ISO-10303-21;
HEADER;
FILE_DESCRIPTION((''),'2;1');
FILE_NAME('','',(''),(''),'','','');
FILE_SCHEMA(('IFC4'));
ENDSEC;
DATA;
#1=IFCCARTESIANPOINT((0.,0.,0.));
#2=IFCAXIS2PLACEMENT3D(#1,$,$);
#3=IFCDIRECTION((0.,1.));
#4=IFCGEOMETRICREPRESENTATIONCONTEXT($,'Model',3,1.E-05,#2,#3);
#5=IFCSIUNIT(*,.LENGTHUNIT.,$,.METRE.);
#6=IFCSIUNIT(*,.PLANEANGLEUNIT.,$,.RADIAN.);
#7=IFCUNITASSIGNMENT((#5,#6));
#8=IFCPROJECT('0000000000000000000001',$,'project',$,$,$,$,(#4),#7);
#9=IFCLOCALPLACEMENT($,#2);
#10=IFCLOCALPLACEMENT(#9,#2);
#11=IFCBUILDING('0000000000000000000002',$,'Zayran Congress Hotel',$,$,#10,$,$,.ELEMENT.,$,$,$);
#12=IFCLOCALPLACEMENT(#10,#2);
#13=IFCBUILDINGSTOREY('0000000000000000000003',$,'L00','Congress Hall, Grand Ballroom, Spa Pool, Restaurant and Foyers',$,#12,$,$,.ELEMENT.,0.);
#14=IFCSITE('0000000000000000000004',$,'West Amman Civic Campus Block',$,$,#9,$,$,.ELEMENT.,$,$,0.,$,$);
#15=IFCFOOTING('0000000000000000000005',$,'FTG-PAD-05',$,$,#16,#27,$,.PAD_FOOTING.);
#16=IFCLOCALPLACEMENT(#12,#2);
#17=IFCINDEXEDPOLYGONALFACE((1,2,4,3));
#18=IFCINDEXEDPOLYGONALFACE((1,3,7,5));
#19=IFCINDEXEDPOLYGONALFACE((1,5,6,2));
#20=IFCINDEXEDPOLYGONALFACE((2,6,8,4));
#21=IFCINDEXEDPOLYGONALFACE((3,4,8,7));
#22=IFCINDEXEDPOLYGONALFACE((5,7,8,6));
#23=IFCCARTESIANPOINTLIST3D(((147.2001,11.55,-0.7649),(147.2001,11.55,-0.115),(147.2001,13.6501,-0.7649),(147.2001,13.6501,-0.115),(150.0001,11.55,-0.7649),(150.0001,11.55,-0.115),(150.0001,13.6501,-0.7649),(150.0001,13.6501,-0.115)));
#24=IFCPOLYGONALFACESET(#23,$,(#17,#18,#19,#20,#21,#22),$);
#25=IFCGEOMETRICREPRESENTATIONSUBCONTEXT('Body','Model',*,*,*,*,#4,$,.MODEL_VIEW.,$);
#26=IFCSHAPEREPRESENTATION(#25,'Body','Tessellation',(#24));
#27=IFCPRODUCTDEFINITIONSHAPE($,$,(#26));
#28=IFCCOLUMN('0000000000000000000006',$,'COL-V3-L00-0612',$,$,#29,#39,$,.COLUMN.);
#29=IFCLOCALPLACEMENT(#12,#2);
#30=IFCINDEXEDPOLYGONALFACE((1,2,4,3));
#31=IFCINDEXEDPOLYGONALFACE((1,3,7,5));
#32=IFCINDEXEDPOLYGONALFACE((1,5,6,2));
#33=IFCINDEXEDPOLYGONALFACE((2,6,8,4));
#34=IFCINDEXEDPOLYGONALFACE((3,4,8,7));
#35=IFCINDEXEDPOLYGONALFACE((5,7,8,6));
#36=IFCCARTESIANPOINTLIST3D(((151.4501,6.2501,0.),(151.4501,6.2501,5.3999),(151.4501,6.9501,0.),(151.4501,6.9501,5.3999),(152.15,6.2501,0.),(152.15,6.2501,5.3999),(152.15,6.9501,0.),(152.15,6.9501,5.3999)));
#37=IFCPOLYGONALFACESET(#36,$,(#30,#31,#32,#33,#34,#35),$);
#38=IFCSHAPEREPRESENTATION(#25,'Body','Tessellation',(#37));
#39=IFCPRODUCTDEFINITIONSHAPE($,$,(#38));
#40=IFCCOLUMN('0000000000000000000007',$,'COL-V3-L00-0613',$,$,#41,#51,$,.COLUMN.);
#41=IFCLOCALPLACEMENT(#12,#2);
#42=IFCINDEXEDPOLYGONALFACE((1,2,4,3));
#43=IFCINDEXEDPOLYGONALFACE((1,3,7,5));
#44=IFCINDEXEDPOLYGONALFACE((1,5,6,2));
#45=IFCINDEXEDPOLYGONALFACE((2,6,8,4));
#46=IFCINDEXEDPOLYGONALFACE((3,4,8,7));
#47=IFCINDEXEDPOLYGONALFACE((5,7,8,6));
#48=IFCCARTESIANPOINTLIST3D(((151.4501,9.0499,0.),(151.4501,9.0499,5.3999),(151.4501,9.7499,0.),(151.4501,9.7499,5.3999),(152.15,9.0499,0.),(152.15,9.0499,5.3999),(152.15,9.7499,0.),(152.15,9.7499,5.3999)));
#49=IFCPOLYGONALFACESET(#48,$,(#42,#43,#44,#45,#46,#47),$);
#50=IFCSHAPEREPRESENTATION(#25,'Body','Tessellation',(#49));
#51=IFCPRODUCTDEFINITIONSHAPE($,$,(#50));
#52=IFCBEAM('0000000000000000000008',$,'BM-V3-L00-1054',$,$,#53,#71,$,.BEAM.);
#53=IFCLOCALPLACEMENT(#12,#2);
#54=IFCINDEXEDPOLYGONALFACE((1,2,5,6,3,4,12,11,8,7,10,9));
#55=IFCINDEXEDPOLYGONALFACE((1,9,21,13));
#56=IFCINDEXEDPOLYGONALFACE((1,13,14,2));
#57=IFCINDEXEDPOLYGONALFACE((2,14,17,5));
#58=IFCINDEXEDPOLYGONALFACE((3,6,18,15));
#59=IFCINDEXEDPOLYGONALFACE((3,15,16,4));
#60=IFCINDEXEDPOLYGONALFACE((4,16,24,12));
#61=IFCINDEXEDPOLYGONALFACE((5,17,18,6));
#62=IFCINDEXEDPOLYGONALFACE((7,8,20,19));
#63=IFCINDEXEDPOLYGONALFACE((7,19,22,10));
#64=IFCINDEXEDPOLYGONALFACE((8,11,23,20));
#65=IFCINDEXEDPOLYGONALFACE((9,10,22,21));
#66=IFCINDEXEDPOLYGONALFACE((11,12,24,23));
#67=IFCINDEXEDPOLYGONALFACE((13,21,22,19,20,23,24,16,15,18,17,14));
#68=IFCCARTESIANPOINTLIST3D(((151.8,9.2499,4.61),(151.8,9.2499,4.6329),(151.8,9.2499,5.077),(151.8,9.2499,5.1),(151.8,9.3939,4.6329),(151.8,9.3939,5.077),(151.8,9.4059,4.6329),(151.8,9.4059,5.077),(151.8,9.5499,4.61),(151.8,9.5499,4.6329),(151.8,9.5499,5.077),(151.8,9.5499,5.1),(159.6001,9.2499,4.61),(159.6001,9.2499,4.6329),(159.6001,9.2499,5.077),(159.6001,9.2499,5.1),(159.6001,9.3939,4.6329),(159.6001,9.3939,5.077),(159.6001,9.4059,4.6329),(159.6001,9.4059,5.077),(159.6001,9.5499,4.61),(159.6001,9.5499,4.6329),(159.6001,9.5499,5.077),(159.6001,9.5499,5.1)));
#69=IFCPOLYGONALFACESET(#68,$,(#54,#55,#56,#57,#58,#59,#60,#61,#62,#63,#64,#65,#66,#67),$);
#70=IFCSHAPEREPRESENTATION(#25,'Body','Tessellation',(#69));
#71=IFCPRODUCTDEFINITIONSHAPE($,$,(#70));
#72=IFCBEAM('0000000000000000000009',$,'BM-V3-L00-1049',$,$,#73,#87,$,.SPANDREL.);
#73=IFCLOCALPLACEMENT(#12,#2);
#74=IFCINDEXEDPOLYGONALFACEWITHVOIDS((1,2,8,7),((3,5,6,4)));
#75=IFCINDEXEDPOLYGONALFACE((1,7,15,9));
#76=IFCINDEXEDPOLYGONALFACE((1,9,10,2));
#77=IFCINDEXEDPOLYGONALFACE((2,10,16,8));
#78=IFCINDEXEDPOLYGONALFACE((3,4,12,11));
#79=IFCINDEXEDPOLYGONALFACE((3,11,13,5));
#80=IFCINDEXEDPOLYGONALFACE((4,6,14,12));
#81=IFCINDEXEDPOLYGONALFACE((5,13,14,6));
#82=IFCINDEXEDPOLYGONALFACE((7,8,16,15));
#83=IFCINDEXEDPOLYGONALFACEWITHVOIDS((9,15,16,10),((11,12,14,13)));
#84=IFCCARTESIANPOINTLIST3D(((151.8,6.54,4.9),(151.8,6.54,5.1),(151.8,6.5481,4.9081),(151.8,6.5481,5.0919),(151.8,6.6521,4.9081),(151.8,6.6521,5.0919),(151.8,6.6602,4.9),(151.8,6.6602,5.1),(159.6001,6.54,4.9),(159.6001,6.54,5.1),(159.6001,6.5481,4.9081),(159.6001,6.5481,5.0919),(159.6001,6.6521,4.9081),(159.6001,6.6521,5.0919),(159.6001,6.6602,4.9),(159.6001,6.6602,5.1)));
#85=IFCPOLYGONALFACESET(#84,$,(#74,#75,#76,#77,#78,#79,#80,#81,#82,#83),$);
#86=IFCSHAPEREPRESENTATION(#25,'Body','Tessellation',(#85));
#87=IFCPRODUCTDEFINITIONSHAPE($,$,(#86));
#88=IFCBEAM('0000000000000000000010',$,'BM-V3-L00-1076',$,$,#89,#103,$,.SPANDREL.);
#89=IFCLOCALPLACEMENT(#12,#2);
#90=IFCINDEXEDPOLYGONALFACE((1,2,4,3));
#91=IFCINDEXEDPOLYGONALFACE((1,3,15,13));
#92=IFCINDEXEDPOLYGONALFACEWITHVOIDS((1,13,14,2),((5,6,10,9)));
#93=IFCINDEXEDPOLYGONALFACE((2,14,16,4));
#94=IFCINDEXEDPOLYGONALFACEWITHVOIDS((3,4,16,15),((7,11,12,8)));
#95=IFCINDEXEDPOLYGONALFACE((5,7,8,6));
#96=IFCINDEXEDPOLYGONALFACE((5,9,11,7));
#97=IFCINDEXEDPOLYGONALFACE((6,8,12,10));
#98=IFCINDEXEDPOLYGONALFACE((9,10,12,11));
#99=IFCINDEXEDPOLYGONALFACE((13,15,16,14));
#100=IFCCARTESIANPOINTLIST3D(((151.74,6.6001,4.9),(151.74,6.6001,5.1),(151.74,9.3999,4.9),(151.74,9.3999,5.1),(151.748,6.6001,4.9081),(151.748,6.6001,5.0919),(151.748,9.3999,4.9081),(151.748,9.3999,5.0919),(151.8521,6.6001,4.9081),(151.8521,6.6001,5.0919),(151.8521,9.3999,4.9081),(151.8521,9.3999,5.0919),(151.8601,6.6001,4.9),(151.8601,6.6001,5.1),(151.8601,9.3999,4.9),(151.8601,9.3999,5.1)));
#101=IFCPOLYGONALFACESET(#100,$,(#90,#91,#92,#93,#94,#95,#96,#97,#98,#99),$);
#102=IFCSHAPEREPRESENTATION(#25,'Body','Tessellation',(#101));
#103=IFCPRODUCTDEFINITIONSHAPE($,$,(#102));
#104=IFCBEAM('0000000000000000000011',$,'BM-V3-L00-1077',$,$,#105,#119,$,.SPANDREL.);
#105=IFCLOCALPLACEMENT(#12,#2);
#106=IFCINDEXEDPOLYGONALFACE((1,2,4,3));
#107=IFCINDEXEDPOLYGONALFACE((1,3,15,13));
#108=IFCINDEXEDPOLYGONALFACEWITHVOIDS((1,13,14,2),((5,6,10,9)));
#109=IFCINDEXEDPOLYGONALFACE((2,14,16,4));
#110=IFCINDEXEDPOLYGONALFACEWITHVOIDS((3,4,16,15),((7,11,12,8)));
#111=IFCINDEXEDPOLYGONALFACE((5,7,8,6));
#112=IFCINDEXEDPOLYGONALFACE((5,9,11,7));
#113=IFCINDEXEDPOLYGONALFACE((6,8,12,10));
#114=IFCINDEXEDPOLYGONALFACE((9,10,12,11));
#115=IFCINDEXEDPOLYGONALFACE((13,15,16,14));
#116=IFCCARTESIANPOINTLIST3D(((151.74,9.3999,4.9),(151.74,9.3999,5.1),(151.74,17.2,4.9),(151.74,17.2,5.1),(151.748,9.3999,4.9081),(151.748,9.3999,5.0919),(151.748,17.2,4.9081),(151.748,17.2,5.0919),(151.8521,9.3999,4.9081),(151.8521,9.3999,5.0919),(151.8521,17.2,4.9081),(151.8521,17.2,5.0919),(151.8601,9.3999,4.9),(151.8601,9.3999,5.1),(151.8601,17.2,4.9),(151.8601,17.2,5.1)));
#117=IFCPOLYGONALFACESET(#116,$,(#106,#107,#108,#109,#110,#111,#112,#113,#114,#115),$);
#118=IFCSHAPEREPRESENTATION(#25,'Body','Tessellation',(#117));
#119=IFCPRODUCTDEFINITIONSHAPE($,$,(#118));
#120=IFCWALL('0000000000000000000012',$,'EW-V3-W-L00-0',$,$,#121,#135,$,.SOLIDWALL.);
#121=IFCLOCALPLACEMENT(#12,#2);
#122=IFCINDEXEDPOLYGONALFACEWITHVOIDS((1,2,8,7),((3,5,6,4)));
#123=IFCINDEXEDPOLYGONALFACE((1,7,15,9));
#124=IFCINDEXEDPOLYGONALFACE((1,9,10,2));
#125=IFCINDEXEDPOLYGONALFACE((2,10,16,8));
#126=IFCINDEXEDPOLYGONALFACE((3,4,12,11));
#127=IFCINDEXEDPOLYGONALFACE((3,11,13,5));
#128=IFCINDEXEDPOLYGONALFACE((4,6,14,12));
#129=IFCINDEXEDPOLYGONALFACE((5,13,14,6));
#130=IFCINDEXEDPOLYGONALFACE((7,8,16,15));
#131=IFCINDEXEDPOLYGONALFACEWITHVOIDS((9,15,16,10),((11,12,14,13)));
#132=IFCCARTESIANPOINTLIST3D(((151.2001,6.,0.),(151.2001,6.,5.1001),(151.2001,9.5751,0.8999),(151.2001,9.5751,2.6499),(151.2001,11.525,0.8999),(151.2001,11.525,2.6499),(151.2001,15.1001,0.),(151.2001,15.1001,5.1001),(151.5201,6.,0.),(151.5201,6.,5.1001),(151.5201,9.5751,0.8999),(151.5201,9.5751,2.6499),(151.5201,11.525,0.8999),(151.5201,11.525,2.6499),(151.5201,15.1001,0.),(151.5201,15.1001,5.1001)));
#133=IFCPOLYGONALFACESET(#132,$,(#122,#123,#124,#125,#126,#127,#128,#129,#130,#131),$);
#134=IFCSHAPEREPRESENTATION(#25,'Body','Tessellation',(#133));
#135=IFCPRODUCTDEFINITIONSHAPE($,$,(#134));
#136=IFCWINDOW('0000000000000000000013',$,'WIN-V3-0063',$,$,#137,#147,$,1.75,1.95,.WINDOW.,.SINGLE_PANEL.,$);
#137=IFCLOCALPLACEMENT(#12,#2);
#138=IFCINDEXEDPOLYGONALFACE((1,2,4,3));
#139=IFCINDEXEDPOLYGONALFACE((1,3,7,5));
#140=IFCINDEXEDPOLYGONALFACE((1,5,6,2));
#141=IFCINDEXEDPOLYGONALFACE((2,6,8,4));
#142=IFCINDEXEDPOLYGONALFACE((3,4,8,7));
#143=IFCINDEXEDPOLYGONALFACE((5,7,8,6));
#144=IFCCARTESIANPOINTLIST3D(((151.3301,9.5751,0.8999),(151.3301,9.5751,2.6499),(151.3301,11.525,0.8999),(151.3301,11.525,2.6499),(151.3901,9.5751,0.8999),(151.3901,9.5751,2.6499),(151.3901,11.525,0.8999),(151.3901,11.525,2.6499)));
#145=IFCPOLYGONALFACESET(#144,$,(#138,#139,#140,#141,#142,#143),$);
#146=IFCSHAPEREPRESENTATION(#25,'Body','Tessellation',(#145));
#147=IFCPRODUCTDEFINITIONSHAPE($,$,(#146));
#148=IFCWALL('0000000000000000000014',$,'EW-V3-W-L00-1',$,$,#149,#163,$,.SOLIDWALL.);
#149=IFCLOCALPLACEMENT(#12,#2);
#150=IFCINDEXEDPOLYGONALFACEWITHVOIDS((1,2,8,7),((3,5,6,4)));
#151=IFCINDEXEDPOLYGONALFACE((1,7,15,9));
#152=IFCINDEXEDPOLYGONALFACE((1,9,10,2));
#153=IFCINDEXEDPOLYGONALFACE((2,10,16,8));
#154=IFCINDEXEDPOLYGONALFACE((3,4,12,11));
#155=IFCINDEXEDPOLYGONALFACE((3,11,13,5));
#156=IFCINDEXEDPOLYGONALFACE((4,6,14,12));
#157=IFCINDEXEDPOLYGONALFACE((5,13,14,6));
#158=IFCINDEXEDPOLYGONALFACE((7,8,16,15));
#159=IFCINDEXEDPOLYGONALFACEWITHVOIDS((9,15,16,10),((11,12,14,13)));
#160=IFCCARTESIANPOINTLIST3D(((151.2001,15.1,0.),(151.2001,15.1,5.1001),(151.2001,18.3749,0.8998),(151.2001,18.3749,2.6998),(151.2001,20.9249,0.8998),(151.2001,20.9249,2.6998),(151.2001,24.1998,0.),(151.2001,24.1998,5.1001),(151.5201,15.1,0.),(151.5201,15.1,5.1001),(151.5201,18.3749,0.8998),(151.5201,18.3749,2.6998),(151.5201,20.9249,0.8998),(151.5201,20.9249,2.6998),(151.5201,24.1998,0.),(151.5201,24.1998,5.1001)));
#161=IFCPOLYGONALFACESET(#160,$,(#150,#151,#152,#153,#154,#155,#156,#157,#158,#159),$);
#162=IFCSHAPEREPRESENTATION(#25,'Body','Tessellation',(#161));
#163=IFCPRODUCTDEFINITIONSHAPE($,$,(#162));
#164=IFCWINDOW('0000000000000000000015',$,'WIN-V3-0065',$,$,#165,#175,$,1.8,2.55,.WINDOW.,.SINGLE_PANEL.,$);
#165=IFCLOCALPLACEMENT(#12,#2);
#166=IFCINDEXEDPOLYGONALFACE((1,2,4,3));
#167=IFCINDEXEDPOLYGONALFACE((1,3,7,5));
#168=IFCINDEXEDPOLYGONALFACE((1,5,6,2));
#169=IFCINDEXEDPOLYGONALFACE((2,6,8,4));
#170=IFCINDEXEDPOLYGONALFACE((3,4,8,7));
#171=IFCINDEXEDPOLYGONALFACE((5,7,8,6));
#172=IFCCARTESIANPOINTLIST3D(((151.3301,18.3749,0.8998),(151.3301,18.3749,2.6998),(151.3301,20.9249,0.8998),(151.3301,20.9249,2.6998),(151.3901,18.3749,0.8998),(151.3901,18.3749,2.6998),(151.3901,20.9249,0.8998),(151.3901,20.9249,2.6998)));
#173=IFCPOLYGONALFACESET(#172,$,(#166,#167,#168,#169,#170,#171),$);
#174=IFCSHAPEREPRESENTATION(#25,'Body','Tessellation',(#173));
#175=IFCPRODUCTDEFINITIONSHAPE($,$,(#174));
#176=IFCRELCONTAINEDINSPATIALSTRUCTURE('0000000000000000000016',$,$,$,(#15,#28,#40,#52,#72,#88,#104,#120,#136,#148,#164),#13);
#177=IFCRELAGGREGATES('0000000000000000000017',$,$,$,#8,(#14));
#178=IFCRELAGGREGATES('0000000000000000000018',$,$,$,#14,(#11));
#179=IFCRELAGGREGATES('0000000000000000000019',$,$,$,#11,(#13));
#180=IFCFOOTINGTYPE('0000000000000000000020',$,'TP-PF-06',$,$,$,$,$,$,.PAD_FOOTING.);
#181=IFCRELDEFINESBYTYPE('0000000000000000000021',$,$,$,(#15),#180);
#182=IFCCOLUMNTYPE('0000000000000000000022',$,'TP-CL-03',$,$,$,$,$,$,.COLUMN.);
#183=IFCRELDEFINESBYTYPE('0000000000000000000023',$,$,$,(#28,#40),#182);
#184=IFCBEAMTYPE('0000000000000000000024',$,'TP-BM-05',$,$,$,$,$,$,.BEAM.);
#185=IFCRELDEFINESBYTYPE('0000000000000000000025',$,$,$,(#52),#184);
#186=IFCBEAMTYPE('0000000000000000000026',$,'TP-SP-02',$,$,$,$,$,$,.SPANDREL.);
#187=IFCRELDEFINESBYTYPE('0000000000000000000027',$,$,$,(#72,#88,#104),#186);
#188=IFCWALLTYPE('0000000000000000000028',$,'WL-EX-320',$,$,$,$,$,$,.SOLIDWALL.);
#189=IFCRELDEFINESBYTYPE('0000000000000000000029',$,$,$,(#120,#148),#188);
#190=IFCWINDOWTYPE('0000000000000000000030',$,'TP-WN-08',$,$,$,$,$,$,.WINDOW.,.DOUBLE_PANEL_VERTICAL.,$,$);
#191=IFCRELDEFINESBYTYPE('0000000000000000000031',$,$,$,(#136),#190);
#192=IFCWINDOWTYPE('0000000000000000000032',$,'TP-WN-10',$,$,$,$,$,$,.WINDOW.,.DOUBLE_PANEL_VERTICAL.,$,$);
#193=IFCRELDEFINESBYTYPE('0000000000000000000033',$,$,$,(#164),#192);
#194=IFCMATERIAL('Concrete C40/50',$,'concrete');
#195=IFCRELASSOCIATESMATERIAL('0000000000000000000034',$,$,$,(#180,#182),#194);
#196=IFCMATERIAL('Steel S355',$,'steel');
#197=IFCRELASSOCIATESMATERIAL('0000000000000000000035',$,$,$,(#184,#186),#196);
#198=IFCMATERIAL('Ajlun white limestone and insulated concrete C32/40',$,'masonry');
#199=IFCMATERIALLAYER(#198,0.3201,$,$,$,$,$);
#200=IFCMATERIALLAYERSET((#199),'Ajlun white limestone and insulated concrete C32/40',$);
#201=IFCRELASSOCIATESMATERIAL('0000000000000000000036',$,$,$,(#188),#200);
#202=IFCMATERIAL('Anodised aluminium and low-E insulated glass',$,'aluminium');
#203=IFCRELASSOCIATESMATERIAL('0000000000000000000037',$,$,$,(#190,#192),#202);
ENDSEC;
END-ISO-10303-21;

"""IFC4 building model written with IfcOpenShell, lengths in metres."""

from ifc_helpers import new_model, si_unit, direction, frame, frame_2d, origin, origin_2d, place, context, subcontext, project, spatial, rectangle, hollow_rectangle, i_section, extrude, material, layer, layer_set, material_profile, profile_set, type_object, element, fill, save


model = new_model("IFC4")

# Units and contexts
model_context = context("Model", 3, precision=1e-05, world=origin(), true_north=direction((0.0, 1.0)))
body_context = subcontext(model_context, "Body", "Model", "MODEL_VIEW")
ifc_project = project(units=[si_unit("LENGTHUNIT", "METRE"), si_unit("PLANEANGLEUNIT", "RADIAN")], contexts=[model_context])

# Site, building, storey
site_placement = place(None, origin())
site = spatial("IfcSite", under=ifc_project, at=site_placement, Name="West Amman Civic Campus Block", CompositionType="ELEMENT", RefElevation=0.0)
building_placement = place(site_placement, origin())
building = spatial("IfcBuilding", under=site, at=building_placement, Name="Zayran Congress Hotel", CompositionType="ELEMENT")
storey_placement = place(building_placement, origin())
storey = spatial("IfcBuildingStorey", under=building, at=storey_placement, Name="L00", Description="Congress Hall, Grand Ballroom, Spa Pool, Restaurant and Foyers", CompositionType="ELEMENT", Elevation=0.0)

# Footing
ifc_material_1 = material(Name="Concrete C40/50", Category="concrete")
footing_type = type_object("IfcFootingType", Name="TP-PF-06", PredefinedType="PAD_FOOTING", material=ifc_material_1)
footing_placement = place(storey_placement, frame((148.6001, 12.6001, -0.7649), z_axis=(0.0, 0.0, 1.0), x_axis=(1.0, 0.0, 0.0)))
element("IfcFooting", 1, at=footing_placement, inside=storey, type_object=footing_type, Name="FTG-PAD-05", PredefinedType="PAD_FOOTING", context=body_context, shape_type="SweptSolid", body=[
    extrude(rectangle(XDim=2.8, YDim=2.1001, at=origin_2d()), origin(), (0.0, 0.0, 1.0), 0.6499),
])

# Columns
ifc_material_profile_1 = material_profile(ifc_material_1, rectangle(XDim=0.7, YDim=0.7, at=origin_2d()), Name="RC 700x700")
ifc_profile_set_1 = profile_set([ifc_material_profile_1], Name="Concrete C40/50")
column_type = type_object("IfcColumnType", Name="TP-CL-03", PredefinedType="COLUMN", material=ifc_profile_set_1)
for number, where, z_axis, x_axis, name in (
    (2, (151.8, 6.6001, 0.0), (0.0, 0.0, 1.0), (1.0, 0.0, 0.0), "COL-V3-L00-0612"),
    (3, (151.8, 9.3999, 0.0), (0.0, 0.0, 1.0), (1.0, 0.0, 0.0), "COL-V3-L00-0613"),
):
    element("IfcColumn", number, at=place(storey_placement, frame(where, z_axis=z_axis, x_axis=x_axis)), inside=storey, type_object=column_type, Name=name, PredefinedType="COLUMN", context=body_context, shape_type="SweptSolid", body=[
        extrude(rectangle(XDim=0.7, YDim=0.7, at=origin_2d()), origin(), (0.0, 0.0, 1.0), 5.3999),
    ])

# Beams
ifc_material_2 = material(Name="Steel S355", Category="steel")
ifc_material_profile_2 = material_profile(ifc_material_2, i_section(OverallWidth=0.3, OverallDepth=0.49, WebThickness=0.012, FlangeThickness=0.0229, at=origin_2d()), Name="HEA 500")
ifc_profile_set_2 = profile_set([ifc_material_profile_2], Name="Steel S355")
beam_type_1 = type_object("IfcBeamType", Name="TP-BM-05", PredefinedType="BEAM", material=ifc_profile_set_2)
beam_1_placement = place(storey_placement, frame((151.8, 9.3999, 4.855), z_axis=(1.0, 0.0, 0.0), x_axis=(0.0, 1.0, 0.0)))
element("IfcBeam", 4, at=beam_1_placement, inside=storey, type_object=beam_type_1, Name="BM-V3-L00-1054", PredefinedType="BEAM", context=body_context, shape_type="SweptSolid", body=[
    extrude(i_section(OverallWidth=0.3, OverallDepth=0.49, WebThickness=0.012, FlangeThickness=0.0229, at=origin_2d()), origin(), (0.0, 0.0, 1.0), 7.8),
])
ifc_material_profile_3 = material_profile(ifc_material_2, hollow_rectangle(XDim=0.1201, YDim=0.2, WallThickness=0.0081, at=origin_2d()), Name="RHS 200x120x8")
ifc_profile_set_3 = profile_set([ifc_material_profile_3], Name="Steel S355")
beam_type_2 = type_object("IfcBeamType", Name="TP-SP-02", PredefinedType="SPANDREL", material=ifc_profile_set_3)
beam_2_placement = place(storey_placement, frame((151.8, 6.6001, 5.0), z_axis=(1.0, 0.0, 0.0), x_axis=(0.0, 1.0, 0.0)))
element("IfcBeam", 5, at=beam_2_placement, inside=storey, type_object=beam_type_2, Name="BM-V3-L00-1049", PredefinedType="SPANDREL", context=body_context, shape_type="SweptSolid", body=[
    extrude(hollow_rectangle(XDim=0.1201, YDim=0.2, WallThickness=0.0081, at=origin_2d()), origin(), (0.0, 0.0, 1.0), 7.8),
])
beam_3_placement = place(storey_placement, frame((151.8, 6.6001, 5.0), z_axis=(0.0, 1.0, 0.0), x_axis=(-1.0, 0.0, 0.0)))
element("IfcBeam", 6, at=beam_3_placement, inside=storey, type_object=beam_type_2, Name="BM-V3-L00-1076", PredefinedType="SPANDREL", context=body_context, shape_type="SweptSolid", body=[
    extrude(hollow_rectangle(XDim=0.1201, YDim=0.2, WallThickness=0.0081, at=origin_2d()), origin(), (0.0, 0.0, 1.0), 2.7998),
])
beam_4_placement = place(storey_placement, frame((151.8, 9.3999, 5.0), z_axis=(0.0, 1.0, 0.0), x_axis=(-1.0, 0.0, 0.0)))
element("IfcBeam", 7, at=beam_4_placement, inside=storey, type_object=beam_type_2, Name="BM-V3-L00-1077", PredefinedType="SPANDREL", context=body_context, shape_type="SweptSolid", body=[
    extrude(hollow_rectangle(XDim=0.1201, YDim=0.2, WallThickness=0.0081, at=origin_2d()), origin(), (0.0, 0.0, 1.0), 7.8),
])

# Walls, openings, windows
ifc_material_3 = material(Name="Ajlun white limestone and insulated concrete C32/40", Category="masonry")
ifc_layer_1 = layer(ifc_material_3, 0.3201)
ifc_layer_set_1 = layer_set([ifc_layer_1], Name="Ajlun white limestone and insulated concrete C32/40")
wall_type = type_object("IfcWallType", Name="WL-EX-320", PredefinedType="SOLIDWALL", material=ifc_layer_set_1)
wall_1_placement = place(storey_placement, frame((151.3601, 6.0, 0.0), z_axis=(0.0, 0.0, 1.0), x_axis=(0.0, 1.0, 0.0)))
wall_1 = element("IfcWall", 8, at=wall_1_placement, inside=storey, type_object=wall_type, Name="EW-V3-W-L00-0", PredefinedType="SOLIDWALL", context=body_context, shape_type="SweptSolid", body=[
    extrude(rectangle(XDim=9.1001, YDim=0.3201, at=frame_2d((4.55, 0.0))), origin(), (0.0, 0.0, 1.0), 5.1001),
])
opening_1_placement = place(wall_1_placement, frame((3.575, 0.0, 0.8999)))
opening_1 = element("IfcOpeningElement", 9, at=opening_1_placement, cuts=wall_1, PredefinedType="OPENING", context=body_context, shape_type="SweptSolid", body=[
    extrude(rectangle(XDim=1.95, YDim=1.75, at=frame_2d((0.9751, 0.875))), frame((0.0, 0.1699, 0.0), z_axis=(0.0, -1.0, 0.0), x_axis=(1.0, 0.0, 0.0)), (0.0, 0.0, 1.0), 0.3401),
])
ifc_material_4 = material(Name="Anodised aluminium and low-E insulated glass", Category="aluminium")
window_type_1 = type_object("IfcWindowType", Name="TP-WN-08", PartitioningType="DOUBLE_PANEL_VERTICAL", PredefinedType="WINDOW", material=ifc_material_4)
window_1_placement = place(opening_1_placement, origin())
window_1 = element("IfcWindow", 10, at=window_1_placement, inside=storey, type_object=window_type_1, Name="WIN-V3-0063", OverallHeight=1.75, OverallWidth=1.95, PartitioningType="SINGLE_PANEL", PredefinedType="WINDOW", context=body_context, shape_type="SweptSolid", body=[
    extrude(rectangle(XDim=1.95, YDim=1.75, at=frame_2d((0.9751, 0.875))), frame((0.0, 0.03, 0.0), z_axis=(0.0, -1.0, 0.0), x_axis=(1.0, 0.0, 0.0)), (0.0, 0.0, 1.0), 0.0601),
])
fill(opening_1, window_1)
wall_2_placement = place(storey_placement, frame((151.3601, 15.1001, 0.0), z_axis=(0.0, 0.0, 1.0), x_axis=(0.0, 1.0, 0.0)))
wall_2 = element("IfcWall", 11, at=wall_2_placement, inside=storey, type_object=wall_type, Name="EW-V3-W-L00-1", PredefinedType="SOLIDWALL", context=body_context, shape_type="SweptSolid", body=[
    extrude(rectangle(XDim=9.0999, YDim=0.3201, at=frame_2d((4.5498, 0.0))), origin(), (0.0, 0.0, 1.0), 5.1001),
])
opening_2_placement = place(wall_2_placement, frame((3.2749, 0.0, 0.8999)))
opening_2 = element("IfcOpeningElement", 12, at=opening_2_placement, cuts=wall_2, PredefinedType="OPENING", context=body_context, shape_type="SweptSolid", body=[
    extrude(rectangle(XDim=2.55, YDim=1.8, at=frame_2d((1.2749, 0.8999))), frame((0.0, 0.1699, 0.0), z_axis=(0.0, -1.0, 0.0), x_axis=(1.0, 0.0, 0.0)), (0.0, 0.0, 1.0), 0.3401),
])
window_type_2 = type_object("IfcWindowType", Name="TP-WN-10", PartitioningType="DOUBLE_PANEL_VERTICAL", PredefinedType="WINDOW", material=ifc_material_4)
window_2_placement = place(opening_2_placement, origin())
window_2 = element("IfcWindow", 13, at=window_2_placement, inside=storey, type_object=window_type_2, Name="WIN-V3-0065", OverallHeight=1.8, OverallWidth=2.55, PartitioningType="SINGLE_PANEL", PredefinedType="WINDOW", context=body_context, shape_type="SweptSolid", body=[
    extrude(rectangle(XDim=2.55, YDim=1.8, at=frame_2d((1.2749, 0.8999))), frame((0.0, 0.03, 0.0), z_axis=(0.0, -1.0, 0.0), x_axis=(1.0, 0.0, 0.0)), (0.0, 0.0, 1.0), 0.0601),
])
fill(opening_2, window_2)

save(model, "model.ifc")
